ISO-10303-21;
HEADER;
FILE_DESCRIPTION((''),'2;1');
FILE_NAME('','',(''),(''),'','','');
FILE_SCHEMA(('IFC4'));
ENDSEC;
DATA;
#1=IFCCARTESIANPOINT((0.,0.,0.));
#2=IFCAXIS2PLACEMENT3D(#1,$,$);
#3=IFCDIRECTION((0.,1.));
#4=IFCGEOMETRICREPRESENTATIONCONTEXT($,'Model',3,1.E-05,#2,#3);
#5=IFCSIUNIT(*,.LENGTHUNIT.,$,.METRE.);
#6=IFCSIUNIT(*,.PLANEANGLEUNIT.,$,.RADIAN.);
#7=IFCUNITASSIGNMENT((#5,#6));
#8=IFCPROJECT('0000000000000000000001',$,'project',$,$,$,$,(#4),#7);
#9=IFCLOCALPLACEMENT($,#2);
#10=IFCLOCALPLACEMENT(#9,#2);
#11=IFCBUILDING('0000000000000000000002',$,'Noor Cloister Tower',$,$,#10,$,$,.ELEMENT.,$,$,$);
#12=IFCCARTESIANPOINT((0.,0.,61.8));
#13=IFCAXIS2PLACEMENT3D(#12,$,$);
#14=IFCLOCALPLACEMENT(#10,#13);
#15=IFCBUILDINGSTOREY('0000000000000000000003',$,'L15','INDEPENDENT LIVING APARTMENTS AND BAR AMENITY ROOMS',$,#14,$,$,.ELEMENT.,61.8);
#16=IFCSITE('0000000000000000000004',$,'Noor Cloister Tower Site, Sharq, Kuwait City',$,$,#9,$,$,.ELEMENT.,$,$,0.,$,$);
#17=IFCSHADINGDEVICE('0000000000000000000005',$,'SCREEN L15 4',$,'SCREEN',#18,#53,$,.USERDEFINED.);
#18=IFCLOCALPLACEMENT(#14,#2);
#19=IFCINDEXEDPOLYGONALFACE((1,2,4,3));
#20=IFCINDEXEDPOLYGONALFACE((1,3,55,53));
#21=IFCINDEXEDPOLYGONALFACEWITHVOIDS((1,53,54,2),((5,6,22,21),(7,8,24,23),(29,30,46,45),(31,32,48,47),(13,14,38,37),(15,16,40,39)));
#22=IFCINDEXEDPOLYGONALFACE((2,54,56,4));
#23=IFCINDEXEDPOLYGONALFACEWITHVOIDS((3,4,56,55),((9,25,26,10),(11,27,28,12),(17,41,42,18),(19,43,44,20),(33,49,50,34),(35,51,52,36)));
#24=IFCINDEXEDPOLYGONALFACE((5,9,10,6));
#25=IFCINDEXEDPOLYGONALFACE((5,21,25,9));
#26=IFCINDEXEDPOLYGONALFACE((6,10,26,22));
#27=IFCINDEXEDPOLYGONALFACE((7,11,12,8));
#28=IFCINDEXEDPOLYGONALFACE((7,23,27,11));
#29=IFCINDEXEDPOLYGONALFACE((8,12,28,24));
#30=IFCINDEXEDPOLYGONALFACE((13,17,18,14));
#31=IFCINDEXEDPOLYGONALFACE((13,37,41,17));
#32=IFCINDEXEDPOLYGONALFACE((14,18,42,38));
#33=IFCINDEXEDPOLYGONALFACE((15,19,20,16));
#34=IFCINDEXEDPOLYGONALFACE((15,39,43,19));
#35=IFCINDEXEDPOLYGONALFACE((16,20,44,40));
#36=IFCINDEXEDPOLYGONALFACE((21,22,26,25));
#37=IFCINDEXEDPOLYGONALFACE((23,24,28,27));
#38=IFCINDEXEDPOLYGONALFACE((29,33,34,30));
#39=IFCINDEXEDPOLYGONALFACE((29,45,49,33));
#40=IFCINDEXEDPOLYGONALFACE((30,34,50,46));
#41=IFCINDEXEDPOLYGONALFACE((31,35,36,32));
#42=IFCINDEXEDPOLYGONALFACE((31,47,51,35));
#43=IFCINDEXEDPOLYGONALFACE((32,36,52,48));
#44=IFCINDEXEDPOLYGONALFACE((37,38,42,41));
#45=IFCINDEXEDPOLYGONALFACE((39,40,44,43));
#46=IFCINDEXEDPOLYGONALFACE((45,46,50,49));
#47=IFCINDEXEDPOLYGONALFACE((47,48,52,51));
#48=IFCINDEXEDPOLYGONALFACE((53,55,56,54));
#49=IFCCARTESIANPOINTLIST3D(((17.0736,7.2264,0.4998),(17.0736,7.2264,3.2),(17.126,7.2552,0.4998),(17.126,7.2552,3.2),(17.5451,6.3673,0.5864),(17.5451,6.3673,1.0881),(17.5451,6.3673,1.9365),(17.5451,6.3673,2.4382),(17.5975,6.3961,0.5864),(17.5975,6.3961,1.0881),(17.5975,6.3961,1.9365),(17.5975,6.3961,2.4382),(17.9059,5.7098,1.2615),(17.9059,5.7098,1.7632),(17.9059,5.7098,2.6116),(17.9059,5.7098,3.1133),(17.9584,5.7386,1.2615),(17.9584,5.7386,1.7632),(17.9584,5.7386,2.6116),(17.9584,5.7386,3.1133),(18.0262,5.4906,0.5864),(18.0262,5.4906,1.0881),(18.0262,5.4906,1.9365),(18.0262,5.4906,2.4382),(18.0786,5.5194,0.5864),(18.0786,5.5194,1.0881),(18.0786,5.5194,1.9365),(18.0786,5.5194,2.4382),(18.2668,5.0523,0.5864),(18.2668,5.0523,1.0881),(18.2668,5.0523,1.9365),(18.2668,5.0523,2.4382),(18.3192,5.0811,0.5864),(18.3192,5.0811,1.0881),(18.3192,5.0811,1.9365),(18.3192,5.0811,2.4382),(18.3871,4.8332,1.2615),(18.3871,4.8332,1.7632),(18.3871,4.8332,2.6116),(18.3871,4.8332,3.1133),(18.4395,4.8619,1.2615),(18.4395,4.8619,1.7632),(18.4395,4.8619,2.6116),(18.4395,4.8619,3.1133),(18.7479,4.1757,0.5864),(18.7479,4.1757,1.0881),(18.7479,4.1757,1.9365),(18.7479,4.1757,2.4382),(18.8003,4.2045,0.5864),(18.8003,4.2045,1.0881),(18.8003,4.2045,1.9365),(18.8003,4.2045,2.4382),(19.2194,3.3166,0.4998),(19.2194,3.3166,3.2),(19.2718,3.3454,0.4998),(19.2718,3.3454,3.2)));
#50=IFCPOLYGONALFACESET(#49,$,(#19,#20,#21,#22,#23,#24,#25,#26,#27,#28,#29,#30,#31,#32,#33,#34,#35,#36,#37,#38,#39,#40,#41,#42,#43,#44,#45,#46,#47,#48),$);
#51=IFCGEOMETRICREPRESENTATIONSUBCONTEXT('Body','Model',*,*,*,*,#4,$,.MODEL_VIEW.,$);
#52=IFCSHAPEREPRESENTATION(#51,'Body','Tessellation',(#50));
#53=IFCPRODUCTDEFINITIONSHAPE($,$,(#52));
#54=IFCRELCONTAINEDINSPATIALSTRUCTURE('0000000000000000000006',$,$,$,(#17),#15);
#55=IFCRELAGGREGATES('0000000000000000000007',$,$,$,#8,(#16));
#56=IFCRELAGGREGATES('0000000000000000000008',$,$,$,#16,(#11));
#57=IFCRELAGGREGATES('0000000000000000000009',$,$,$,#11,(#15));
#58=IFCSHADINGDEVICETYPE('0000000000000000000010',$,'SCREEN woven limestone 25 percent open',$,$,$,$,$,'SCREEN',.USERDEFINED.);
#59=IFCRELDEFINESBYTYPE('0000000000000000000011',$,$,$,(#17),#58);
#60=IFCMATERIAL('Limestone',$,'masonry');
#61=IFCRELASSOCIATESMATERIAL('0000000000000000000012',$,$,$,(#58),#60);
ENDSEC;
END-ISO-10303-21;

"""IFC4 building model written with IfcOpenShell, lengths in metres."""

from ifc_helpers import new_model, si_unit, direction, frame, origin, place, context, subcontext, project, spatial, polyline, outline, extrude, material, material_profile, profile_set, type_object, element, save


model = new_model("IFC4")

# Units and contexts
model_context = context("Model", 3, precision=1e-05, world=origin(), true_north=direction((0.0, 1.0)))
body_context = subcontext(model_context, "Body", "Model", "MODEL_VIEW")
ifc_project = project(units=[si_unit("LENGTHUNIT", "METRE"), si_unit("PLANEANGLEUNIT", "RADIAN")], contexts=[model_context])

# Site, building, storey
site_placement = place(None, origin())
site = spatial("IfcSite", under=ifc_project, at=site_placement, Name="Noor Cloister Tower Site, Sharq, Kuwait City", CompositionType="ELEMENT", RefElevation=0.0)
building_placement = place(site_placement, origin())
building = spatial("IfcBuilding", under=site, at=building_placement, Name="Noor Cloister Tower", CompositionType="ELEMENT")
storey_placement = place(building_placement, frame((0.0, 0.0, 61.8)))
storey = spatial("IfcBuildingStorey", under=building, at=storey_placement, Name="L15", Description="INDEPENDENT LIVING APARTMENTS AND BAR AMENITY ROOMS", CompositionType="ELEMENT", Elevation=61.8)

# Shading device
ifc_material_1 = material(Name="Limestone", Category="masonry")
ifc_material_profile_1 = material_profile(ifc_material_1, outline(polyline([(-2.23, -1.3501), (2.23, -1.3501), (2.23, 1.3501), (-2.23, 1.3501), (-2.23, -1.3501)]), holes=[polyline([(-1.25, -1.2634), (-0.25, -1.2634), (-0.25, -0.7617), (-1.25, -0.7617), (-1.25, -1.2634)]), polyline([(0.25, -1.2634), (1.25, -1.2634), (1.25, -0.7617), (0.25, -0.7617), (0.25, -1.2634)]), polyline([(-0.5, -0.5884), (0.5, -0.5884), (0.5, -0.0867), (-0.5, -0.0867), (-0.5, -0.5884)]), polyline([(-1.25, 0.0867), (-0.25, 0.0867), (-0.25, 0.5884), (-1.25, 0.5884), (-1.25, 0.0867)]), polyline([(0.25, 0.0867), (1.25, 0.0867), (1.25, 0.5884), (0.25, 0.5884), (0.25, 0.0867)]), polyline([(-0.5, 0.7617), (0.5, 0.7617), (0.5, 1.2634), (-0.5, 1.2634), (-0.5, 0.7617)])]), Name="Woven screen 25 percent open")
ifc_profile_set_1 = profile_set([ifc_material_profile_1], Name="Limestone")
shading_device_type = type_object("IfcShadingDeviceType", Name="SCREEN woven limestone 25 percent open", ElementType="SCREEN", PredefinedType="USERDEFINED", material=ifc_profile_set_1)
shading_device_placement = place(storey_placement, frame((18.1465, 5.2715, 1.8499), z_axis=(0.876646, 0.481136, 0.0), x_axis=(-0.481136, 0.876646, 0.0)))
element("IfcShadingDevice", 1, at=shading_device_placement, inside=storey, type_object=shading_device_type, Name="SCREEN L15 4", ObjectType="SCREEN", PredefinedType="USERDEFINED", context=body_context, shape_type="SweptSolid", body=[
    extrude(outline(polyline([(-2.23, -1.3501), (2.23, -1.3501), (2.23, 1.3501), (-2.23, 1.3501), (-2.23, -1.3501)]), holes=[polyline([(-1.25, -1.2634), (-0.25, -1.2634), (-0.25, -0.7617), (-1.25, -0.7617), (-1.25, -1.2634)]), polyline([(0.25, -1.2634), (1.25, -1.2634), (1.25, -0.7617), (0.25, -0.7617), (0.25, -1.2634)]), polyline([(-0.5, -0.5884), (0.5, -0.5884), (0.5, -0.0867), (-0.5, -0.0867), (-0.5, -0.5884)]), polyline([(-1.25, 0.0867), (-0.25, 0.0867), (-0.25, 0.5884), (-1.25, 0.5884), (-1.25, 0.0867)]), polyline([(0.25, 0.0867), (1.25, 0.0867), (1.25, 0.5884), (0.25, 0.5884), (0.25, 0.0867)]), polyline([(-0.5, 0.7617), (0.5, 0.7617), (0.5, 1.2634), (-0.5, 1.2634), (-0.5, 0.7617)])]), origin(), (0.0, 0.0, 1.0), 0.0598),
])

save(model, "model.ifc")
